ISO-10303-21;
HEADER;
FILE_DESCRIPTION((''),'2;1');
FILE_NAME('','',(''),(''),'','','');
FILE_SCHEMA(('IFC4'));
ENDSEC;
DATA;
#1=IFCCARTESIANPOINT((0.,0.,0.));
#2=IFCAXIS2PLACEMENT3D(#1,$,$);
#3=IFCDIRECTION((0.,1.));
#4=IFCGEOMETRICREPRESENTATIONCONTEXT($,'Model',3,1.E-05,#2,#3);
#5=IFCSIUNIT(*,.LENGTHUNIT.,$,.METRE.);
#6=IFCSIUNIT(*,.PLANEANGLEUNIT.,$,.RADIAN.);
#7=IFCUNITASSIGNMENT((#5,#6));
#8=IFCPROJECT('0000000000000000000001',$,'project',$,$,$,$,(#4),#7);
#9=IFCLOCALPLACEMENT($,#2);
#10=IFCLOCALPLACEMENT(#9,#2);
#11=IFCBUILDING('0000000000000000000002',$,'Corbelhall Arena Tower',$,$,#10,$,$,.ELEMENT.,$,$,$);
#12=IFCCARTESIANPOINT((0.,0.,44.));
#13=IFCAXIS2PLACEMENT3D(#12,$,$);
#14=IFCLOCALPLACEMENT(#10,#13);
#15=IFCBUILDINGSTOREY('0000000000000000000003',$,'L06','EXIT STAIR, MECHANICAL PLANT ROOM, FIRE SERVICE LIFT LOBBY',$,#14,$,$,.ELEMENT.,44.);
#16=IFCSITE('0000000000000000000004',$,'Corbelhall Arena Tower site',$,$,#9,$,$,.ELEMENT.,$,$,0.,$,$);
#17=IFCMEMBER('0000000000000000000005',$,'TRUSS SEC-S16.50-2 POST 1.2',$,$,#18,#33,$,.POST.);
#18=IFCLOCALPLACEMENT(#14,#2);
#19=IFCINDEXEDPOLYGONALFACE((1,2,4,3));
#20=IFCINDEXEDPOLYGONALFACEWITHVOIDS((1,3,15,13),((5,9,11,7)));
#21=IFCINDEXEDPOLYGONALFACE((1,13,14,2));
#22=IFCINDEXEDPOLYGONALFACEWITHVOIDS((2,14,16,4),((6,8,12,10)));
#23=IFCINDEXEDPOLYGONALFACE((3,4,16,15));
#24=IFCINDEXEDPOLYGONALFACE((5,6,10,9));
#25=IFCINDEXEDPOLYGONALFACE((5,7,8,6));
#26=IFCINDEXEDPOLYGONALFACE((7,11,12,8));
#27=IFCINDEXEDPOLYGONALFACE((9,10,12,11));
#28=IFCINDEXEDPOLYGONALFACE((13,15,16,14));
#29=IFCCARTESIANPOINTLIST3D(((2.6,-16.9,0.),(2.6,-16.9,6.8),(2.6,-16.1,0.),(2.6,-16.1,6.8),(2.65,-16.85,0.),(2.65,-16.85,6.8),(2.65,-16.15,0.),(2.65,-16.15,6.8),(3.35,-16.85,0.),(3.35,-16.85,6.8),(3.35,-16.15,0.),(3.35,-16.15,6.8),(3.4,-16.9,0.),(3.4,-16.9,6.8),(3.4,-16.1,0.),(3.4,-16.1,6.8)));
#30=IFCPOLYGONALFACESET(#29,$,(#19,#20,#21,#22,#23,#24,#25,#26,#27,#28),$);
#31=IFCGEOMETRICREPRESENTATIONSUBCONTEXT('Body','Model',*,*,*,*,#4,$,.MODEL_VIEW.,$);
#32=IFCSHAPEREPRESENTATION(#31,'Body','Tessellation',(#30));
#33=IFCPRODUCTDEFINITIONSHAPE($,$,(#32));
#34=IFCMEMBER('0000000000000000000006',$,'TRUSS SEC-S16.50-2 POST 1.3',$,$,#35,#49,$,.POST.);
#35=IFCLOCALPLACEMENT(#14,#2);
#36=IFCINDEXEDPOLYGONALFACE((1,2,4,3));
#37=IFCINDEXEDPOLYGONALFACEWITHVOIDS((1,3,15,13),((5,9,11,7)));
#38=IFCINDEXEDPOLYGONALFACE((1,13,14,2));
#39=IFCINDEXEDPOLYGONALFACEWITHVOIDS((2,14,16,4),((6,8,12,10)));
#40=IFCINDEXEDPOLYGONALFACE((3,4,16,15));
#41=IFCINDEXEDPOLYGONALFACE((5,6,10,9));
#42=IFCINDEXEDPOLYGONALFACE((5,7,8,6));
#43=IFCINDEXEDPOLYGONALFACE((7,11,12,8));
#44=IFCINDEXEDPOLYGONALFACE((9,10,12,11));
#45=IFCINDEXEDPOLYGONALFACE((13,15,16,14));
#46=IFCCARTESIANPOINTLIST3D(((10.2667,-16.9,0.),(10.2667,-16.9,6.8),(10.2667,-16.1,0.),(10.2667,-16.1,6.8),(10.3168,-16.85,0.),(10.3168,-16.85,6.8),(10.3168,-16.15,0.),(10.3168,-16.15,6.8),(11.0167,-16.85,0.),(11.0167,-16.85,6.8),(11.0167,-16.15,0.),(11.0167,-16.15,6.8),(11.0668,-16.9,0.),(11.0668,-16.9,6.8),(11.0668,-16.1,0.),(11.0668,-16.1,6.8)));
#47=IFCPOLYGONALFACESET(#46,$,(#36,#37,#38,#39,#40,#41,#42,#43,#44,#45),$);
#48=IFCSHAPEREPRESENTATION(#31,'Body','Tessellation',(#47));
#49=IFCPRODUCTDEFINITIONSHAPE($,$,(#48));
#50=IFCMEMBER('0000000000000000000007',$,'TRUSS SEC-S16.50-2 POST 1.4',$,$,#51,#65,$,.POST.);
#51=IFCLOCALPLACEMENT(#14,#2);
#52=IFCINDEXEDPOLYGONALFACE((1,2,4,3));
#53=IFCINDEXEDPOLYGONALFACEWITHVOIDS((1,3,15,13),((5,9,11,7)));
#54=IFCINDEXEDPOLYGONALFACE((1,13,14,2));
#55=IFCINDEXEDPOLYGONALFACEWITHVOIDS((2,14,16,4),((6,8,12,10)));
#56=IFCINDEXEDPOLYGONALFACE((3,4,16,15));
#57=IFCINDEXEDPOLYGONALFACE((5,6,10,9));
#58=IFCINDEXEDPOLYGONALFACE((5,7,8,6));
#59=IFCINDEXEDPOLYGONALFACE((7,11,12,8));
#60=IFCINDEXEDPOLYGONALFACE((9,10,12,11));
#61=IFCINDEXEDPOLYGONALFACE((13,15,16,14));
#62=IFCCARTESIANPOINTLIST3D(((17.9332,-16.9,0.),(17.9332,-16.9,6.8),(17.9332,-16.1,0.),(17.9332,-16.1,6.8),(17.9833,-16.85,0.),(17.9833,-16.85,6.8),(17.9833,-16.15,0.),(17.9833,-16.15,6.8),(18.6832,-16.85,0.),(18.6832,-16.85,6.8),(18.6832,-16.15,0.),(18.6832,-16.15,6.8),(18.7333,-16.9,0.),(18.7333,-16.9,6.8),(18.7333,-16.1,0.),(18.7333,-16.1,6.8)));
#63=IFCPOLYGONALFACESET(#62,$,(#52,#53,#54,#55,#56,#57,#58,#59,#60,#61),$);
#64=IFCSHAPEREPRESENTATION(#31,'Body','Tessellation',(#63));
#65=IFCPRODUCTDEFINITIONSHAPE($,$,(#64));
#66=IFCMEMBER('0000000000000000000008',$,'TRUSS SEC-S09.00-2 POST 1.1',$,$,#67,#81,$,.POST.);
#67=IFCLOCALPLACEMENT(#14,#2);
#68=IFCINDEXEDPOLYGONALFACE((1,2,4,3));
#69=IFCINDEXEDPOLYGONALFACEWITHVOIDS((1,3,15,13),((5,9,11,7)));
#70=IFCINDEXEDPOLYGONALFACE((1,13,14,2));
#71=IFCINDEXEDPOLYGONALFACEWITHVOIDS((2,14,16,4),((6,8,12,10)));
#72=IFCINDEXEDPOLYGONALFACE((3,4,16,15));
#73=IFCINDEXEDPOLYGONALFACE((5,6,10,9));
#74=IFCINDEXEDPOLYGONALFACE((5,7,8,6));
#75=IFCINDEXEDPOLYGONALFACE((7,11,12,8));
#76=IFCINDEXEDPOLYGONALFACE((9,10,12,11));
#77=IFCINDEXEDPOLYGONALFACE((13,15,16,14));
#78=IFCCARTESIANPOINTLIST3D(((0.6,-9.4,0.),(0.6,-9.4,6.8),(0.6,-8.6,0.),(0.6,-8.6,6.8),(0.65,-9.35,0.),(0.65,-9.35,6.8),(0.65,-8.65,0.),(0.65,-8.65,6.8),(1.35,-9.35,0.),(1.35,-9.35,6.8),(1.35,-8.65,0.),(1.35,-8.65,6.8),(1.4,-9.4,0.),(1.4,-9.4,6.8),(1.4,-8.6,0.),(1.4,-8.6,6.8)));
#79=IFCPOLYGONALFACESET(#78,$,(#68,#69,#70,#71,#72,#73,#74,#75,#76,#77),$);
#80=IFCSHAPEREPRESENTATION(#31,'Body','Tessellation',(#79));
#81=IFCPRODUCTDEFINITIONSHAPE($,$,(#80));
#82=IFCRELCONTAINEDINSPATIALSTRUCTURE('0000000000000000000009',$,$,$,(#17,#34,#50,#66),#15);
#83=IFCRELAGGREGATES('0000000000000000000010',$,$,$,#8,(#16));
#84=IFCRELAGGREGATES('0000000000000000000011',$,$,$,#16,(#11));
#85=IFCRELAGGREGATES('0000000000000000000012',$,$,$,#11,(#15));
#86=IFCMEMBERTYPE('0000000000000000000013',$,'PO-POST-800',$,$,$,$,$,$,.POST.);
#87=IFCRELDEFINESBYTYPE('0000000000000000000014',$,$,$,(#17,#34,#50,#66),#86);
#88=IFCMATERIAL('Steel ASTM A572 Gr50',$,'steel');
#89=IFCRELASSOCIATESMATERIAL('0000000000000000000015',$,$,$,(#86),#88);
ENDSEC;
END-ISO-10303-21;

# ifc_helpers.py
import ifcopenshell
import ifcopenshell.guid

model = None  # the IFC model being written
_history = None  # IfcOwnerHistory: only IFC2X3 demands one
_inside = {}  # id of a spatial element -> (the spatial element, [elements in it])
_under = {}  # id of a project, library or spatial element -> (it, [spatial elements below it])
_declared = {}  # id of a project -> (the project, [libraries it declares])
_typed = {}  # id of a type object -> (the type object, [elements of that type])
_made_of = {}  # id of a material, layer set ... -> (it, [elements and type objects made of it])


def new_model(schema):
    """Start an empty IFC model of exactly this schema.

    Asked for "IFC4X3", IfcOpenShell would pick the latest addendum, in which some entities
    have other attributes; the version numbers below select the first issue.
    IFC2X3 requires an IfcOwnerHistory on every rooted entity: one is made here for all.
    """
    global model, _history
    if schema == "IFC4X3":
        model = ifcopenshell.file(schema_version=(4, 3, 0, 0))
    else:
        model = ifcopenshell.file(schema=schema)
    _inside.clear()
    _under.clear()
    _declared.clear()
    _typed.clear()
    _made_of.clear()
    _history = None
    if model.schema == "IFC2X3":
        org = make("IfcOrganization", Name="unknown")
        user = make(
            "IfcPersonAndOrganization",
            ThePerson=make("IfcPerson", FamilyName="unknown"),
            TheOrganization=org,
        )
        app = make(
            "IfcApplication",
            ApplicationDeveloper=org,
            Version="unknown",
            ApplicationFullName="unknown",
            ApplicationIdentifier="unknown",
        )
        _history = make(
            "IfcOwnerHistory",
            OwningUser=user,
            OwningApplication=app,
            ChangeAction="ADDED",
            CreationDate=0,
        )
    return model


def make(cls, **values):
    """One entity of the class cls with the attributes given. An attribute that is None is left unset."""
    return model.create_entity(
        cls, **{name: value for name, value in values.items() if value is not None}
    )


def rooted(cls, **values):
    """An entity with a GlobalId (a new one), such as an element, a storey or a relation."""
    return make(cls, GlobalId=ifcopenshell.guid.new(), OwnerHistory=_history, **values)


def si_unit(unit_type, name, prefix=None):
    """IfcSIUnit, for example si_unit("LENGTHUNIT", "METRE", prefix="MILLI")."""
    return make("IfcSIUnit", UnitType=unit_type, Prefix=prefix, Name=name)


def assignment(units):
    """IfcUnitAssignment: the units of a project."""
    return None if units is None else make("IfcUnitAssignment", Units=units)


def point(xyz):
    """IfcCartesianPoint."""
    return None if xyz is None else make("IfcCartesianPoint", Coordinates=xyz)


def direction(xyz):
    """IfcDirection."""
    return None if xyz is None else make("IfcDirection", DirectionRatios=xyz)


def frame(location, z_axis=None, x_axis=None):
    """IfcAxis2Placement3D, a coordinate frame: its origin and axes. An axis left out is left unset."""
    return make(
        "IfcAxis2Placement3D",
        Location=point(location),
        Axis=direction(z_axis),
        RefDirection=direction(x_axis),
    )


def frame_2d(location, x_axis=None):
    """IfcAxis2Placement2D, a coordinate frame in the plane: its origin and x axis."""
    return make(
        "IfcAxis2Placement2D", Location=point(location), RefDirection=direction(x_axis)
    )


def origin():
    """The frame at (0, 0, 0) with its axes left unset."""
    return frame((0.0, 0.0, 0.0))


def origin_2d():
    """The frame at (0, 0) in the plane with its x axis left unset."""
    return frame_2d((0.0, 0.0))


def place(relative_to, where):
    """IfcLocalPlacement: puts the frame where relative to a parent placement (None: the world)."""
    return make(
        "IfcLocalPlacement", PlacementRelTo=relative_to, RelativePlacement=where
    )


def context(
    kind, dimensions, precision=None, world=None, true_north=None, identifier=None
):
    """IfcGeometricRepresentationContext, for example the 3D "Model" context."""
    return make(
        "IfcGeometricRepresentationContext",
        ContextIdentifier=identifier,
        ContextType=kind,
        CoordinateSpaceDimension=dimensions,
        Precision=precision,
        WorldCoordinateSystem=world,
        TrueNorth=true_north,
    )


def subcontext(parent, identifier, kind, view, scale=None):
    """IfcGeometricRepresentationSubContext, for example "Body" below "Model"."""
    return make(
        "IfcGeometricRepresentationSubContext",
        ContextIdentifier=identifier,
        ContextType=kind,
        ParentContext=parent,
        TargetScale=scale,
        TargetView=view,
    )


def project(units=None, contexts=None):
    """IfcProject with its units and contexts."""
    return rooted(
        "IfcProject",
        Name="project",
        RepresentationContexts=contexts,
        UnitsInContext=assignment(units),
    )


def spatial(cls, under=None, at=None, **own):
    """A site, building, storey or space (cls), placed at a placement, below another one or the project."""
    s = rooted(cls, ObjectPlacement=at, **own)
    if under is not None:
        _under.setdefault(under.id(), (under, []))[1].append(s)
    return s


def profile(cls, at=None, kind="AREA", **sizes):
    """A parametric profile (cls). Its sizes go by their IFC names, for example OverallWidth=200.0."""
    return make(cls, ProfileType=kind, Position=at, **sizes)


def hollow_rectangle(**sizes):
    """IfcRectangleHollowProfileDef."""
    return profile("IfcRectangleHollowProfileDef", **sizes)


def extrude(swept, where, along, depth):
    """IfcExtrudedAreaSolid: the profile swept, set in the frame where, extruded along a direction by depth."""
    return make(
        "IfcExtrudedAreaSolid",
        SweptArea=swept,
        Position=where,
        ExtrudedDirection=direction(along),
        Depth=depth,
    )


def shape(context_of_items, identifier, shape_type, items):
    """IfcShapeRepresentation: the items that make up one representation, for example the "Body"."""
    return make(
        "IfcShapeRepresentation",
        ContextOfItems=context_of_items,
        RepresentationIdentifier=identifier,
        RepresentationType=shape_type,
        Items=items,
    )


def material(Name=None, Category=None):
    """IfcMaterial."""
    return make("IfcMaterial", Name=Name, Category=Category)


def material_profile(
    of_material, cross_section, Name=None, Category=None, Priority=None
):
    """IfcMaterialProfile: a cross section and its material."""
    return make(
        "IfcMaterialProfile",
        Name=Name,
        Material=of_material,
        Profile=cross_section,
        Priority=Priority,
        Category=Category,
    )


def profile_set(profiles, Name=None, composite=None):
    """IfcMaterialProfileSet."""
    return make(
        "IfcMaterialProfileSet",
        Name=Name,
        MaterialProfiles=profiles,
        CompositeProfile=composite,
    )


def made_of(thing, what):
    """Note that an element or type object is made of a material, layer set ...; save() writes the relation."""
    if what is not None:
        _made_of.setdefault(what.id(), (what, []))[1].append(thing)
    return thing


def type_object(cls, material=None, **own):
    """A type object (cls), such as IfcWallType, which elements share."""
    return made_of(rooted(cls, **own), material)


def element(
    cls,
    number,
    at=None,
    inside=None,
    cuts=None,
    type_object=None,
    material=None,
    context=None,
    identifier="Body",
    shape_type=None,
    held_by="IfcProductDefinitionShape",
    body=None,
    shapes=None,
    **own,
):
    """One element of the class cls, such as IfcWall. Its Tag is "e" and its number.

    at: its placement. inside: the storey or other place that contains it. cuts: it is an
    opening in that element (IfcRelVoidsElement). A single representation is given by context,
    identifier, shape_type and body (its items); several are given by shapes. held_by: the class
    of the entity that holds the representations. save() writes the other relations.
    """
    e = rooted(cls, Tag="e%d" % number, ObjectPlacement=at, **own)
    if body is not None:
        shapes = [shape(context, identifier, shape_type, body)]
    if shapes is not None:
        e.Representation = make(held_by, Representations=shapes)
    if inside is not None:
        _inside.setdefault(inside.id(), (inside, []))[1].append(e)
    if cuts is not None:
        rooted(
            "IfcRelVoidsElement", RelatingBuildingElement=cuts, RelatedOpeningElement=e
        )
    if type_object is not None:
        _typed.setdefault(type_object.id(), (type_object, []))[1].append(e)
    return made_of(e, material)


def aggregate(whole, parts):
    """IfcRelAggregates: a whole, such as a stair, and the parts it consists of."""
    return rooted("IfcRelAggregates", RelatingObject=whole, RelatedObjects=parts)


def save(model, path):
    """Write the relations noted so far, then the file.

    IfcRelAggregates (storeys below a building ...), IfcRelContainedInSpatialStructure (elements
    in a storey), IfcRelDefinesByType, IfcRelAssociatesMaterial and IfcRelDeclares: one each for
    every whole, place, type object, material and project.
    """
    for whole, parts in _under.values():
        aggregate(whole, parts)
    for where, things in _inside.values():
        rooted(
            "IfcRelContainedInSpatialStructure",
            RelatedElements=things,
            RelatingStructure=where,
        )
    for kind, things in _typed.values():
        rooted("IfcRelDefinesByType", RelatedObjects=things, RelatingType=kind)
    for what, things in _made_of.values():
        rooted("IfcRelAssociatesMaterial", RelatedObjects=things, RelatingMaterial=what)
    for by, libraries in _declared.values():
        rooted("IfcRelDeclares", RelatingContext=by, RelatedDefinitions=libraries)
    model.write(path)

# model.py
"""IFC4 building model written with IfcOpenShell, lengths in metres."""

from ifc_helpers import new_model, si_unit, direction, frame, origin, origin_2d, place, context, subcontext, project, spatial, hollow_rectangle, extrude, material, material_profile, profile_set, type_object, element, save


model = new_model("IFC4")

# Units and contexts
model_context = context("Model", 3, precision=1e-05, world=origin(), true_north=direction((0.0, 1.0)))
body_context = subcontext(model_context, "Body", "Model", "MODEL_VIEW")
ifc_project = project(units=[si_unit("LENGTHUNIT", "METRE"), si_unit("PLANEANGLEUNIT", "RADIAN")], contexts=[model_context])

# Site, building, storey
site_placement = place(None, origin())
site = spatial("IfcSite", under=ifc_project, at=site_placement, Name="Corbelhall Arena Tower site", CompositionType="ELEMENT", RefElevation=0.0)
building_placement = place(site_placement, origin())
building = spatial("IfcBuilding", under=site, at=building_placement, Name="Corbelhall Arena Tower", CompositionType="ELEMENT")
storey_placement = place(building_placement, frame((0.0, 0.0, 44.0)))
storey = spatial("IfcBuildingStorey", under=building, at=storey_placement, Name="L06", Description="EXIT STAIR, MECHANICAL PLANT ROOM, FIRE SERVICE LIFT LOBBY", CompositionType="ELEMENT", Elevation=44.0)

# Members
ifc_material_1 = material(Name="Steel ASTM A572 Gr50", Category="steel")
ifc_material_profile_1 = material_profile(ifc_material_1, hollow_rectangle(XDim=0.8, YDim=0.8, WallThickness=0.05, at=origin_2d()))
ifc_profile_set_1 = profile_set([ifc_material_profile_1], Name="Steel ASTM A572 Gr50")
member_type_1 = type_object("IfcMemberType", Name="PO-POST-800", PredefinedType="POST", material=ifc_profile_set_1)
for number, where, z_axis, x_axis, name in (
    (1, (3.0, -16.5, 0.0), (0.0, 0.0, 1.0), (1.0, 0.0, 0.0), "TRUSS SEC-S16.50-2 POST 1.2"),
    (2, (10.6667, -16.5, 0.0), (0.0, 0.0, 1.0), (1.0, 0.0, 0.0), "TRUSS SEC-S16.50-2 POST 1.3"),
    (3, (18.3333, -16.5, 0.0), (0.0, 0.0, 1.0), (1.0, 0.0, 0.0), "TRUSS SEC-S16.50-2 POST 1.4"),
    (4, (1.0, -9.0, 0.0), (0.0, 0.0, 1.0), (1.0, 0.0, 0.0), "TRUSS SEC-S09.00-2 POST 1.1"),
):
    element("IfcMember", number, at=place(storey_placement, frame(where, z_axis=z_axis, x_axis=x_axis)), inside=storey, type_object=member_type_1, Name=name, PredefinedType="POST", context=body_context, shape_type="SweptSolid", body=[
        extrude(hollow_rectangle(XDim=0.8, YDim=0.8, WallThickness=0.05, at=origin_2d()), origin(), (0.0, 0.0, 1.0), 6.8),
    ])

save(model, "model.ifc")
